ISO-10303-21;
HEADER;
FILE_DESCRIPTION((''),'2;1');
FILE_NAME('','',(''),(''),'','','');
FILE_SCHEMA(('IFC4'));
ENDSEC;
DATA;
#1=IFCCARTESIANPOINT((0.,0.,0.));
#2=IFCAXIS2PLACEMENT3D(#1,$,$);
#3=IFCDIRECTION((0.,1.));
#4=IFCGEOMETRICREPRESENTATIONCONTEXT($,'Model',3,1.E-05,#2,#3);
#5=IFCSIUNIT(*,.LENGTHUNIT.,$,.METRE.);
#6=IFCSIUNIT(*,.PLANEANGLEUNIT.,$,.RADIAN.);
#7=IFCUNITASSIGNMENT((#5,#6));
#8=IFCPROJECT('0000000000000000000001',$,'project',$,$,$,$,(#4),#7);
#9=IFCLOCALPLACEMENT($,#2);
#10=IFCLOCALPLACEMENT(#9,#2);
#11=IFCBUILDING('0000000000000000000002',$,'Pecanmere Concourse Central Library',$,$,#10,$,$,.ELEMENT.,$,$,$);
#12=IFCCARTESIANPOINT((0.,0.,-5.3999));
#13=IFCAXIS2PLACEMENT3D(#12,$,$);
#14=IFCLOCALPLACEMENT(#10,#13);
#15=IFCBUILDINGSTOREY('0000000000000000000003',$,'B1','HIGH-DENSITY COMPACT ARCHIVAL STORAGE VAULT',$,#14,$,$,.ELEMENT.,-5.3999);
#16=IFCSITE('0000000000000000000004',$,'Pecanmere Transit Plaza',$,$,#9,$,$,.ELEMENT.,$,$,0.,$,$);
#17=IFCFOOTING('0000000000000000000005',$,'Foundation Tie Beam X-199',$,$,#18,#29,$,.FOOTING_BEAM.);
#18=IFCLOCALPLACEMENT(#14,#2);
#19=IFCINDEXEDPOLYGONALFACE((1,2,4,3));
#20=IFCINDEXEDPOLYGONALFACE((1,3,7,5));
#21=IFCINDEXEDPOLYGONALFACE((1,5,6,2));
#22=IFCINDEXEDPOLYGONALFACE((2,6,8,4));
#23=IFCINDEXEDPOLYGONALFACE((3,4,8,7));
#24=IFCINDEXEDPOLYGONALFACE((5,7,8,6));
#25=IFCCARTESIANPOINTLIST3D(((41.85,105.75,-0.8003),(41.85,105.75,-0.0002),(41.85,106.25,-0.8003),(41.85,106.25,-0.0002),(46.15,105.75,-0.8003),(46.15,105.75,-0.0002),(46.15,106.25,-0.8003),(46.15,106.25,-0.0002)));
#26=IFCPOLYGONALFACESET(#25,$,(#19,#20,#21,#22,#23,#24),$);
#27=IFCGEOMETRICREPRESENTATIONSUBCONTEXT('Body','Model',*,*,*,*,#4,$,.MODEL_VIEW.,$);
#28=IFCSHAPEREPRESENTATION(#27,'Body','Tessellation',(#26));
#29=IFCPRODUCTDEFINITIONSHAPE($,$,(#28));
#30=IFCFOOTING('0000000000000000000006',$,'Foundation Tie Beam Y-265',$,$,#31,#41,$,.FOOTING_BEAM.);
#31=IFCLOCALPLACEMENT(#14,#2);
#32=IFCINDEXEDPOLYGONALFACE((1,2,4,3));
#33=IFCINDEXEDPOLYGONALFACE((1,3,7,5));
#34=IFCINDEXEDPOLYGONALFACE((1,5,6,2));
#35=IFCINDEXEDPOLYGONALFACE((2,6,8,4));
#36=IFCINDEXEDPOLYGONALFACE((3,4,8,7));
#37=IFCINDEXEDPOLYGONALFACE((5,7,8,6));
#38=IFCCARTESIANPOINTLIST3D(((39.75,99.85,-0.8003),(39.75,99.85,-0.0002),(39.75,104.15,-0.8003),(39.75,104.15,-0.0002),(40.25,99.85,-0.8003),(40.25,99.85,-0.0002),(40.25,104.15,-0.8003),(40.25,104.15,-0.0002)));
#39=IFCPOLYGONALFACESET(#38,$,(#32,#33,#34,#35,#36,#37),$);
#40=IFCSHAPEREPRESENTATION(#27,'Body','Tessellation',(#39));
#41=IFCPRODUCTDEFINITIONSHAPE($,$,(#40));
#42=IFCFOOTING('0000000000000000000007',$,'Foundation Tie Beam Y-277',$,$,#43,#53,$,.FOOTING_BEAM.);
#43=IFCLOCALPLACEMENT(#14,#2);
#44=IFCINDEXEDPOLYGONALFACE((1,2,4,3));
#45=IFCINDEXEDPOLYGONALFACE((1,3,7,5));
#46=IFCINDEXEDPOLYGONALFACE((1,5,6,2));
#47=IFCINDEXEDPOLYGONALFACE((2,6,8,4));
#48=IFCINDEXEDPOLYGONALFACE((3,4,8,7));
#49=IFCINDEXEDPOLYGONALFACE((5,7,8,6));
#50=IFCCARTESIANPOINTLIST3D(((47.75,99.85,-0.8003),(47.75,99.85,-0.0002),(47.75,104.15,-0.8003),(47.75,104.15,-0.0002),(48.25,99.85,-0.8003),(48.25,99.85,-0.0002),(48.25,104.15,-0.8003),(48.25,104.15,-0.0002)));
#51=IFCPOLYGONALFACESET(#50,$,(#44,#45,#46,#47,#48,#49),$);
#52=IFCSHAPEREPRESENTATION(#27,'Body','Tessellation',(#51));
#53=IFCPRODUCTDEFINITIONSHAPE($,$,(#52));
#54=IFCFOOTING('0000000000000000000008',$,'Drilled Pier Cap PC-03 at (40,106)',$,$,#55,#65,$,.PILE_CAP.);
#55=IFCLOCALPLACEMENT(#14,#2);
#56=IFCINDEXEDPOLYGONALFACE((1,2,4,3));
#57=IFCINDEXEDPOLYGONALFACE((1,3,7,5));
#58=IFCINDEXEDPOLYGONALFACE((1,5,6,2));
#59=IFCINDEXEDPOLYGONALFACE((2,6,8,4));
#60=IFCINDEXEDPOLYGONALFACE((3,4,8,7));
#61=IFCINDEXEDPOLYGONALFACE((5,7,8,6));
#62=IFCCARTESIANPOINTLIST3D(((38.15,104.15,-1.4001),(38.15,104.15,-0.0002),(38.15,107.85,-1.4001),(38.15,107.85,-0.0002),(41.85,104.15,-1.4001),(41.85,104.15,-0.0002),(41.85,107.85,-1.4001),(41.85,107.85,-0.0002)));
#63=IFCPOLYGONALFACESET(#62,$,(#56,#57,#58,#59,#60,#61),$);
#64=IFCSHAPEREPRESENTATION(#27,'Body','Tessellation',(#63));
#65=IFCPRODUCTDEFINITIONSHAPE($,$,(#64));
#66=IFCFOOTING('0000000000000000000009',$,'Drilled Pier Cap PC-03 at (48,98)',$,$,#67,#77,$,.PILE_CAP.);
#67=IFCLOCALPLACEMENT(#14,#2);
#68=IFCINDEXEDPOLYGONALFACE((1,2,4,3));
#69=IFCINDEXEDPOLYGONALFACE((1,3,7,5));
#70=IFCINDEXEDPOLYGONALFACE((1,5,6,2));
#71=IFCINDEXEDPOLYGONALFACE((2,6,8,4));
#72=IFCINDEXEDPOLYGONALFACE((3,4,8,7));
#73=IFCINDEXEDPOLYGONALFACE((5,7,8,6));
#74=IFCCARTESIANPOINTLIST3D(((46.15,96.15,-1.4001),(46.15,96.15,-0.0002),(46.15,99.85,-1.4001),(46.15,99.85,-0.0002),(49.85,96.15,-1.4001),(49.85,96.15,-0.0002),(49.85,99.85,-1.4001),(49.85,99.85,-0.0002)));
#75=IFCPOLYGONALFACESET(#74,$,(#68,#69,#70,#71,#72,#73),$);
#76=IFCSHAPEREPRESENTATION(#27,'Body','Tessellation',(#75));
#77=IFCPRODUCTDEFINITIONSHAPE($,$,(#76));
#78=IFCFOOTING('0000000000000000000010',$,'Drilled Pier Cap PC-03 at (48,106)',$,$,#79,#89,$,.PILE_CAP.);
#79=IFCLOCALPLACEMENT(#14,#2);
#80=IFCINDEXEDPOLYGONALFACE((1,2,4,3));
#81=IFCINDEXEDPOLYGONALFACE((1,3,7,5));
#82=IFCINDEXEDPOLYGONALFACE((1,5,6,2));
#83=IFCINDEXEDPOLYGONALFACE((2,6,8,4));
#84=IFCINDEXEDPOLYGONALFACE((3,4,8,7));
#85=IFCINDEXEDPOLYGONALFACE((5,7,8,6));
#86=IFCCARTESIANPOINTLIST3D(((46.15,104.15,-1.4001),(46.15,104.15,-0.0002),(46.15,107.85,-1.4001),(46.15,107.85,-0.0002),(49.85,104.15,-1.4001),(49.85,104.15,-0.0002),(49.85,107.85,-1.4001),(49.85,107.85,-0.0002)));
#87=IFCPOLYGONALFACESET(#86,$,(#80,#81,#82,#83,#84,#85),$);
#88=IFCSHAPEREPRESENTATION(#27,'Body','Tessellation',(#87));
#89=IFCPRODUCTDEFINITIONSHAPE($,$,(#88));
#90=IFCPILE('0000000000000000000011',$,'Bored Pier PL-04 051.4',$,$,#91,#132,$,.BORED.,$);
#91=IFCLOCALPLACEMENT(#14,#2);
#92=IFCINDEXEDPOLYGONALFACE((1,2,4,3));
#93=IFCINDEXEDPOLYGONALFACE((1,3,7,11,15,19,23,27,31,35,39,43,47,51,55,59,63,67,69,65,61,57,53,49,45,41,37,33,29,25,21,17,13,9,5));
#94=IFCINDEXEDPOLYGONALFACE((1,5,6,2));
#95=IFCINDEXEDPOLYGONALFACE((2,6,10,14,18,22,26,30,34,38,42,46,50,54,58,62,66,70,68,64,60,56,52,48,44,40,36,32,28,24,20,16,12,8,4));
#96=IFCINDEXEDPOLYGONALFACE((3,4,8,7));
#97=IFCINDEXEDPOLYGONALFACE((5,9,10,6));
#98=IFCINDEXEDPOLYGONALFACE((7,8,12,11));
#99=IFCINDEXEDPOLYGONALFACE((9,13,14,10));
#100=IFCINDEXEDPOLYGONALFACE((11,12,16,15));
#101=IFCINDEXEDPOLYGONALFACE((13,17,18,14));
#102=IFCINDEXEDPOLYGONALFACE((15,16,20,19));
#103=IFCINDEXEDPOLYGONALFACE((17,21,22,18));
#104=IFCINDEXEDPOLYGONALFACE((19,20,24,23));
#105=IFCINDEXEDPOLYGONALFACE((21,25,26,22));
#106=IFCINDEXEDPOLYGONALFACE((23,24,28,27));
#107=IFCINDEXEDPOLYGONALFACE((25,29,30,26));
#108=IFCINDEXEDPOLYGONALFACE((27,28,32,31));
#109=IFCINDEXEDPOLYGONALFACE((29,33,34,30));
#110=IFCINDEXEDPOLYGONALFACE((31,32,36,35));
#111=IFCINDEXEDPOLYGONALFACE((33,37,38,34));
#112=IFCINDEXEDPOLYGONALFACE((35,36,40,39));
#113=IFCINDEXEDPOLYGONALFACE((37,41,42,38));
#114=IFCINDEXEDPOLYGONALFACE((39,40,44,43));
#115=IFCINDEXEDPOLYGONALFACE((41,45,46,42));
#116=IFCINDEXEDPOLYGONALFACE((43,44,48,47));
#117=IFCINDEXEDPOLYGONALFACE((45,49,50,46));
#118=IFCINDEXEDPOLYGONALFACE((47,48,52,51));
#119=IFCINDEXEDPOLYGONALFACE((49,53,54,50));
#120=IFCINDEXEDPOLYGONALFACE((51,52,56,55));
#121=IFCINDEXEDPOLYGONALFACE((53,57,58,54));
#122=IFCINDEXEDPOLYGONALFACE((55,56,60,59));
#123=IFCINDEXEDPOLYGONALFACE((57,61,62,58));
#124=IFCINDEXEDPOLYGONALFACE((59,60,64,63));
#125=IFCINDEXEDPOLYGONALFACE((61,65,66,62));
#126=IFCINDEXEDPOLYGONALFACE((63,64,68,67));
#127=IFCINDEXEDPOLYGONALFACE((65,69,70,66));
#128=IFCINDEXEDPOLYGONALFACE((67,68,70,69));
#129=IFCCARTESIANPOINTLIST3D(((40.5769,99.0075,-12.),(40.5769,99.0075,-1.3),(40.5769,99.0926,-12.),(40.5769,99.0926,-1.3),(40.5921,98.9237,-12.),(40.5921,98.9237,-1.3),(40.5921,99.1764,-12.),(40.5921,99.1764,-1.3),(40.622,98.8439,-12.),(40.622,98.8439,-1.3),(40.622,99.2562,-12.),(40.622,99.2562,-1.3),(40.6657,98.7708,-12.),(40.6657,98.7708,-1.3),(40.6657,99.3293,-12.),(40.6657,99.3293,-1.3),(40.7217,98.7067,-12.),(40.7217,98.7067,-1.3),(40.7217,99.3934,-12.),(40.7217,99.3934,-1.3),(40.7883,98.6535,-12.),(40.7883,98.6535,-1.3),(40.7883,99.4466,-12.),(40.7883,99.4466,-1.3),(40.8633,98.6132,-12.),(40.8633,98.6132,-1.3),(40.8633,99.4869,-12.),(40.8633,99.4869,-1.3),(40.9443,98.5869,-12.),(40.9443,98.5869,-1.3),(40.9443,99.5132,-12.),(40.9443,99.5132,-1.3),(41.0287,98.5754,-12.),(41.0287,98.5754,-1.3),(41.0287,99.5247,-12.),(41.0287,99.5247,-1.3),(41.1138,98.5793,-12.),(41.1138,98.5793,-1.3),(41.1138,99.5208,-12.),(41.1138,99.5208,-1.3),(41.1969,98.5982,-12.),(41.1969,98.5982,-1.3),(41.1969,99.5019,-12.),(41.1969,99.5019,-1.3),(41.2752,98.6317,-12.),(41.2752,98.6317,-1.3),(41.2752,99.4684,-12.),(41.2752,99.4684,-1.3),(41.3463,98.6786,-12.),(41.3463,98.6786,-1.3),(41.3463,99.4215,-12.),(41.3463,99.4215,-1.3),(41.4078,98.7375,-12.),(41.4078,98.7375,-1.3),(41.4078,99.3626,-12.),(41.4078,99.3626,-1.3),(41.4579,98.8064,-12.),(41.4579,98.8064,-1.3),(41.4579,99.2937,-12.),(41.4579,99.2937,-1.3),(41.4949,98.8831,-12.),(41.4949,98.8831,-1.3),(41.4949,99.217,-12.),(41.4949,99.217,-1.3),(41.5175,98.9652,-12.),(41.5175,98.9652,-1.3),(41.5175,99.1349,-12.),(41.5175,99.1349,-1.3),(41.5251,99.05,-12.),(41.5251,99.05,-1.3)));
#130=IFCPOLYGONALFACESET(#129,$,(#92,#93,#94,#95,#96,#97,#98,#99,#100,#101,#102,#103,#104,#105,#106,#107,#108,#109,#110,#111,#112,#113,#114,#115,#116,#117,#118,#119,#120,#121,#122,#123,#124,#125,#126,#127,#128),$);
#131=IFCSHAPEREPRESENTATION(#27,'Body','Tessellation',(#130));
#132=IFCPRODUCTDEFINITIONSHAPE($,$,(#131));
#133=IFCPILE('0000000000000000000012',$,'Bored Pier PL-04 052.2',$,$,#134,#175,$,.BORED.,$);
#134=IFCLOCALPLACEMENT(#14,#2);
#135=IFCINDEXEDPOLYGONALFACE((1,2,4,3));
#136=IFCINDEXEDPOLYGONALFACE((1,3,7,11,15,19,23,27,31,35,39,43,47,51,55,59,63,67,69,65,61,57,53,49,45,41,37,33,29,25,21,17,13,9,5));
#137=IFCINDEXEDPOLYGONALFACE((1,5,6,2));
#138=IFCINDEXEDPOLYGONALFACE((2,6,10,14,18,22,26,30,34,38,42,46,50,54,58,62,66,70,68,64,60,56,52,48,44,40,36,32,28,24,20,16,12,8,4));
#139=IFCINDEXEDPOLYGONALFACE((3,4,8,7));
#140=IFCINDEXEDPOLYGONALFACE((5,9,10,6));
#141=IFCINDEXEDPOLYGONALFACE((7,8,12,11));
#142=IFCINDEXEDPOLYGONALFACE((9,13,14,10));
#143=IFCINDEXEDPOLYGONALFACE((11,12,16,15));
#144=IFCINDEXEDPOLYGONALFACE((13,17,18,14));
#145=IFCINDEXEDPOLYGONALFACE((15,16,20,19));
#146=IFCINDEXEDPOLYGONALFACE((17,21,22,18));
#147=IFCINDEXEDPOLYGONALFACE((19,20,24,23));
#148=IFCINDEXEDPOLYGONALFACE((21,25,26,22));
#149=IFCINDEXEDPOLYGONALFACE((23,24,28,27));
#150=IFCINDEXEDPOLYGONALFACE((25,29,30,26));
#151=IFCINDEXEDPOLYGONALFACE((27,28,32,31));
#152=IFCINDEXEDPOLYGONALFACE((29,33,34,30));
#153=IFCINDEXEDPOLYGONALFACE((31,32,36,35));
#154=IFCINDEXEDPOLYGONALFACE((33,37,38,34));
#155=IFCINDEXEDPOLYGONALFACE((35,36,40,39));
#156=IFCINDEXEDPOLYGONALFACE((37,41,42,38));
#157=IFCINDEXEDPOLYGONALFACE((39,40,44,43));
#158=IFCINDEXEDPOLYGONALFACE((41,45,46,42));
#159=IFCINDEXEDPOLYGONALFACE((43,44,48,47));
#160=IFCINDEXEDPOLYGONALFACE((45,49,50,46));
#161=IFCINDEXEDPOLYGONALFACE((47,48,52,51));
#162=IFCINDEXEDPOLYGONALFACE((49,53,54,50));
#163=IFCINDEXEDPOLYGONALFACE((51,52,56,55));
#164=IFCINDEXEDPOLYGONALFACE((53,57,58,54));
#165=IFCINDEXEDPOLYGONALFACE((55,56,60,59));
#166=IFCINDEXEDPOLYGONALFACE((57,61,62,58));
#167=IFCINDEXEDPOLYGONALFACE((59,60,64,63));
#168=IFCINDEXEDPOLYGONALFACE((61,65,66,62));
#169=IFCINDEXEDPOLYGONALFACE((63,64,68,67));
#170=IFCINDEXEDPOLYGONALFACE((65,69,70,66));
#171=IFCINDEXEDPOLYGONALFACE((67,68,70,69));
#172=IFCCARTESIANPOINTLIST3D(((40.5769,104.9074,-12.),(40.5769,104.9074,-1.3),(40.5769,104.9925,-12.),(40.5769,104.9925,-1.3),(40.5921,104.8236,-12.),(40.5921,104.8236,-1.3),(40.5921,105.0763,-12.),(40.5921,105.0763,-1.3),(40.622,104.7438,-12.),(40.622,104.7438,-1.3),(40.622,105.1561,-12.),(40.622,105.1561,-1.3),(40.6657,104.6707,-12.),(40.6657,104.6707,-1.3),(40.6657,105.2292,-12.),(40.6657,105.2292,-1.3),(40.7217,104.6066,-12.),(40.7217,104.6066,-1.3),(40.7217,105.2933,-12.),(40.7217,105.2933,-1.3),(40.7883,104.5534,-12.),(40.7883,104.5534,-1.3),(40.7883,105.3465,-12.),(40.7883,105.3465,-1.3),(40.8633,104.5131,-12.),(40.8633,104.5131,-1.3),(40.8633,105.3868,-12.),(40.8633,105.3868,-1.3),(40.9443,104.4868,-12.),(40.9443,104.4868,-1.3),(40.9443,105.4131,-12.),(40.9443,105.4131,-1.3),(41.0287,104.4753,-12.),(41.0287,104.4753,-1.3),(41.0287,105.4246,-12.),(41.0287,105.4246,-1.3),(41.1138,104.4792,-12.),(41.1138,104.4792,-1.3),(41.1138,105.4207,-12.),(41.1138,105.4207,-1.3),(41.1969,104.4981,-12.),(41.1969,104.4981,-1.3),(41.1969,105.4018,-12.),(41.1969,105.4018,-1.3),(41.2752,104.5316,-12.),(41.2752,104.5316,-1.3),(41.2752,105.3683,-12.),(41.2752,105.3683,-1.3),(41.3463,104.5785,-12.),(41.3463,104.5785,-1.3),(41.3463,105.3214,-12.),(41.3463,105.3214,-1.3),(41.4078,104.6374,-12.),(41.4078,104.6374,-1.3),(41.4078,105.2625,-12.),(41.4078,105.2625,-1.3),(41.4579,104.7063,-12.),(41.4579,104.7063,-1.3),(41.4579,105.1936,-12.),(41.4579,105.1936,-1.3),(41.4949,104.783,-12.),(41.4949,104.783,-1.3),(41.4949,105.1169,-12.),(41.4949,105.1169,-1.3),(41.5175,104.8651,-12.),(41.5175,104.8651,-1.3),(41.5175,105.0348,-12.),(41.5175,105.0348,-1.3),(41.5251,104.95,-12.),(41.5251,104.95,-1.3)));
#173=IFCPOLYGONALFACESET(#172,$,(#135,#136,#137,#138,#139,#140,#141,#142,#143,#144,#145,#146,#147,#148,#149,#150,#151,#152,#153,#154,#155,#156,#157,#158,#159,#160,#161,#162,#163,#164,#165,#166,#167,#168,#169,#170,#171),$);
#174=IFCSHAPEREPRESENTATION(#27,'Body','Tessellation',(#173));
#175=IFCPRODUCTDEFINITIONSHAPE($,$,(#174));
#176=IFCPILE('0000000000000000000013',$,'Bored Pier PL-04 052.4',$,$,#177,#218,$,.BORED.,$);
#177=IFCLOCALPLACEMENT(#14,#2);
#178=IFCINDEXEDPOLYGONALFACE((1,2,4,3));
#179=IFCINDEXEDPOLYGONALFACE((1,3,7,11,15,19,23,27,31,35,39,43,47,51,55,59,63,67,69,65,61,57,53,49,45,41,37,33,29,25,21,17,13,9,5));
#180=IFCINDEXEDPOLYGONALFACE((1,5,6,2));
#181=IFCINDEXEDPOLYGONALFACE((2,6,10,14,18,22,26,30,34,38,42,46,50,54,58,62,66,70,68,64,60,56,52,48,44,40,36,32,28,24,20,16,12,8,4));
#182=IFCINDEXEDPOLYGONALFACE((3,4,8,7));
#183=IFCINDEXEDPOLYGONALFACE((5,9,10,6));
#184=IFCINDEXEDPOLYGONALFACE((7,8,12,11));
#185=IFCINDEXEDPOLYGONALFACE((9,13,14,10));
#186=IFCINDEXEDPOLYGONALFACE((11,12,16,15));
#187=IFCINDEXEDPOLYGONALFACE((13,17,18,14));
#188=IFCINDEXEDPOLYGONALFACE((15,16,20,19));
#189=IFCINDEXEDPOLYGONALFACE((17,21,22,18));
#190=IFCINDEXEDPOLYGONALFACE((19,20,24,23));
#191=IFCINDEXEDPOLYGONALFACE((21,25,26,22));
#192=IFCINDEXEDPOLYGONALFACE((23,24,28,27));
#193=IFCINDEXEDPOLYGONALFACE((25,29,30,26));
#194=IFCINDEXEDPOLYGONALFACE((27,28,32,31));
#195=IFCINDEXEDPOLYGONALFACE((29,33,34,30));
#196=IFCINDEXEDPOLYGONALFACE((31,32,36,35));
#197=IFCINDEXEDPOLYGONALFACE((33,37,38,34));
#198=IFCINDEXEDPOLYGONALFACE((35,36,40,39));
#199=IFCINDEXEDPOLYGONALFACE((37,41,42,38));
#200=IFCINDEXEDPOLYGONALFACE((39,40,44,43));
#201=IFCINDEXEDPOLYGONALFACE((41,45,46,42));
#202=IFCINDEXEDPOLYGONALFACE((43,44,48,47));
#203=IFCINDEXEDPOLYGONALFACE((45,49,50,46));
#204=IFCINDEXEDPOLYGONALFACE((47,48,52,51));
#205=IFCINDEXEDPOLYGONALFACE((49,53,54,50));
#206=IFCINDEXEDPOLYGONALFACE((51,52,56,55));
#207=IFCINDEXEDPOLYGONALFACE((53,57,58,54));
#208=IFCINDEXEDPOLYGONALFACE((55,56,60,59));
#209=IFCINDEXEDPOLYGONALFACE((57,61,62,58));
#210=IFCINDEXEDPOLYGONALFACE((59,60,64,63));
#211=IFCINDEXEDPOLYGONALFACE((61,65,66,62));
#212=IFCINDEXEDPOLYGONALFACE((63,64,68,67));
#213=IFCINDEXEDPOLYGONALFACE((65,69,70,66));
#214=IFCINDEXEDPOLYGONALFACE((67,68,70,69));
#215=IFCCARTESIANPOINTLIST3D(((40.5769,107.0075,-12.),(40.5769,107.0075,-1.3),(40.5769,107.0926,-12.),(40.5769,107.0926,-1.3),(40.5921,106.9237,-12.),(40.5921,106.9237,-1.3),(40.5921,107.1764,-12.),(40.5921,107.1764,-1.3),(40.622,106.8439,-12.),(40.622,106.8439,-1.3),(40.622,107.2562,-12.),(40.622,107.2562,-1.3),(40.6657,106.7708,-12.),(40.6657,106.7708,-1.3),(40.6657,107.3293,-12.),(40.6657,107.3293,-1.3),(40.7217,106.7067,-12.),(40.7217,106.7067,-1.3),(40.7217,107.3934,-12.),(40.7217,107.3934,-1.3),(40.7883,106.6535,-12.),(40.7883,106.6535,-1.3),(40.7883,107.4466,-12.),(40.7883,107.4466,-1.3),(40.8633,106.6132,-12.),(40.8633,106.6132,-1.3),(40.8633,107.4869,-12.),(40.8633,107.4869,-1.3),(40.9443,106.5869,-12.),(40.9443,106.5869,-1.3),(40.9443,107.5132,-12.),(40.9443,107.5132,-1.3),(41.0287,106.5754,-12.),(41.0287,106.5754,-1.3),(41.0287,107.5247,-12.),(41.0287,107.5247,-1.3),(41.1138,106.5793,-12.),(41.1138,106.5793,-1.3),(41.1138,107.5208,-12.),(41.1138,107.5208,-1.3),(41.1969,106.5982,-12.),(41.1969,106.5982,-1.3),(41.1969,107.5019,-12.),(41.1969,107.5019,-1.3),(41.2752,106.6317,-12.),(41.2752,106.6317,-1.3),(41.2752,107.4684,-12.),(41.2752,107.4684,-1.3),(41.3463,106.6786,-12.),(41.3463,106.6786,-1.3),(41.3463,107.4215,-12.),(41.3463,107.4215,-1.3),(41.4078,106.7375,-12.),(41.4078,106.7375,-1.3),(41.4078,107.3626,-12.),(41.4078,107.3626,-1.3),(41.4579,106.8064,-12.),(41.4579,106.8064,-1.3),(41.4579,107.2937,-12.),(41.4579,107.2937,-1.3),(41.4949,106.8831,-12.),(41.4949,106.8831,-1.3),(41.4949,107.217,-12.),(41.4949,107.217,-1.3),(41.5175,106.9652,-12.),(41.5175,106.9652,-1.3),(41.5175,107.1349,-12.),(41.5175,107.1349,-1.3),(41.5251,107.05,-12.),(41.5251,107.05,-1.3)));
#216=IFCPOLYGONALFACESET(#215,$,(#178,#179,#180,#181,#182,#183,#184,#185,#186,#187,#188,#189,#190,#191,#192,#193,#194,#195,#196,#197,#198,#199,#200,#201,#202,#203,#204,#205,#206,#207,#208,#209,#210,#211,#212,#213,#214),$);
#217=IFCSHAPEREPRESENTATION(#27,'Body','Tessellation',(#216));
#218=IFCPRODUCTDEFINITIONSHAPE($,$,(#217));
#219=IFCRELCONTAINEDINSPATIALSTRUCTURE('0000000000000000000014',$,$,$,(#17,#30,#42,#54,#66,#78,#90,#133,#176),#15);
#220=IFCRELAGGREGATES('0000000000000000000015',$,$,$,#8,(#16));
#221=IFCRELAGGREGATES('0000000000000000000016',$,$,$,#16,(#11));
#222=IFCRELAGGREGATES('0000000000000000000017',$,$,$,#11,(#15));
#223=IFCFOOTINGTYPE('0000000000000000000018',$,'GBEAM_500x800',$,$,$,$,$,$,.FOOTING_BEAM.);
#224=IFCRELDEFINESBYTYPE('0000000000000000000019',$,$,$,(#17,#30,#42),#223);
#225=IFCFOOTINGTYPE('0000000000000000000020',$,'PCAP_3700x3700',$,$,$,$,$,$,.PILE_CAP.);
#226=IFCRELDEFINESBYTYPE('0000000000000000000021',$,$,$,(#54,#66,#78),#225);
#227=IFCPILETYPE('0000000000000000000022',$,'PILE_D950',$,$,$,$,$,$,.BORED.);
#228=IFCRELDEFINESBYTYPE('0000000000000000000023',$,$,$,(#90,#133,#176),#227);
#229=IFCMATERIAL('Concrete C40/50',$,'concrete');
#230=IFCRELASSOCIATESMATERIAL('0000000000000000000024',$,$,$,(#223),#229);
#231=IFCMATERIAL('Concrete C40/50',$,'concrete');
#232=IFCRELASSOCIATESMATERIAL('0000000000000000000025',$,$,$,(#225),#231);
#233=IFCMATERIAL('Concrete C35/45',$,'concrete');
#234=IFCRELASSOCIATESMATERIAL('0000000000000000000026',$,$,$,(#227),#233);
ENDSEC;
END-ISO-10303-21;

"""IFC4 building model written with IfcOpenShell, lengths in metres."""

from ifc_helpers import new_model, si_unit, direction, frame, origin, origin_2d, place, context, subcontext, project, spatial, rectangle, circle, extrude, material, material_profile, profile_set, type_object, element, save


model = new_model("IFC4")

# Units and contexts
model_context = context("Model", 3, precision=1e-05, world=origin(), true_north=direction((0.0, 1.0)))
body_context = subcontext(model_context, "Body", "Model", "MODEL_VIEW")
ifc_project = project(units=[si_unit("LENGTHUNIT", "METRE"), si_unit("PLANEANGLEUNIT", "RADIAN")], contexts=[model_context])

# Site, building, storey
site_placement = place(None, origin())
site = spatial("IfcSite", under=ifc_project, at=site_placement, Name="Pecanmere Transit Plaza", CompositionType="ELEMENT", RefElevation=0.0)
building_placement = place(site_placement, origin())
building = spatial("IfcBuilding", under=site, at=building_placement, Name="Pecanmere Concourse Central Library", CompositionType="ELEMENT")
storey_placement = place(building_placement, frame((0.0, 0.0, -5.3999)))
storey = spatial("IfcBuildingStorey", under=building, at=storey_placement, Name="B1", Description="HIGH-DENSITY COMPACT ARCHIVAL STORAGE VAULT", CompositionType="ELEMENT", Elevation=-5.3999)

# Footings
ifc_material_1 = material(Name="Concrete C40/50", Category="concrete")
ifc_material_profile_1 = material_profile(ifc_material_1, rectangle(XDim=0.5, YDim=0.8, at=origin_2d()), Name="RC 500x800")
ifc_profile_set_1 = profile_set([ifc_material_profile_1], Name="Concrete C40/50")
footing_type_1 = type_object("IfcFootingType", Name="GBEAM_500x800", PredefinedType="FOOTING_BEAM", material=ifc_profile_set_1)
for number, where, z_axis, x_axis, name in (
    (1, (44.0, 106.0, -0.8003), (0.0, 0.0, 1.0), (1.0, 0.0, 0.0), "Foundation Tie Beam X-199"),
    (2, (40.0, 102.0, -0.8003), (0.0, 0.0, 1.0), (0.0, 1.0, 0.0), "Foundation Tie Beam Y-265"),
    (3, (48.0, 102.0, -0.8003), (0.0, 0.0, 1.0), (0.0, 1.0, 0.0), "Foundation Tie Beam Y-277"),
):
    element("IfcFooting", number, at=place(storey_placement, frame(where, z_axis=z_axis, x_axis=x_axis)), inside=storey, type_object=footing_type_1, Name=name, PredefinedType="FOOTING_BEAM", context=body_context, shape_type="SweptSolid", body=[
        extrude(rectangle(XDim=4.3, YDim=0.5, at=origin_2d()), origin(), (0.0, 0.0, 1.0), 0.8),
    ])
ifc_material_2 = material(Name="Concrete C40/50", Category="concrete")
footing_type_2 = type_object("IfcFootingType", Name="PCAP_3700x3700", PredefinedType="PILE_CAP", material=ifc_material_2)
for number, where, z_axis, x_axis, name in (
    (4, (40.0, 106.0, -1.4001), (0.0, 0.0, 1.0), (1.0, 0.0, 0.0), "Drilled Pier Cap PC-03 at (40,106)"),
    (5, (48.0, 98.0, -1.4001), (0.0, 0.0, 1.0), (1.0, 0.0, 0.0), "Drilled Pier Cap PC-03 at (48,98)"),
    (6, (48.0, 106.0, -1.4001), (0.0, 0.0, 1.0), (1.0, 0.0, 0.0), "Drilled Pier Cap PC-03 at (48,106)"),
):
    element("IfcFooting", number, at=place(storey_placement, frame(where, z_axis=z_axis, x_axis=x_axis)), inside=storey, type_object=footing_type_2, Name=name, PredefinedType="PILE_CAP", context=body_context, shape_type="SweptSolid", body=[
        extrude(rectangle(XDim=3.7, YDim=3.7, at=origin_2d()), origin(), (0.0, 0.0, 1.0), 1.3999),
    ])

# Piles
ifc_material_3 = material(Name="Concrete C35/45", Category="concrete")
ifc_material_profile_2 = material_profile(ifc_material_3, circle(Radius=0.4751, at=origin_2d()), Name="PIER D950")
ifc_profile_set_2 = profile_set([ifc_material_profile_2], Name="Concrete C35/45")
pile_type = type_object("IfcPileType", Name="PILE_D950", PredefinedType="BORED", material=ifc_profile_set_2)
for number, where, z_axis, x_axis, name in (
    (7, (41.05, 99.05, -1.3), (0.0, 0.0, -1.0), (1.0, 0.0, 0.0), "Bored Pier PL-04 051.4"),
    (8, (41.05, 104.95, -1.3), (0.0, 0.0, -1.0), (1.0, 0.0, 0.0), "Bored Pier PL-04 052.2"),
    (9, (41.05, 107.05, -1.3), (0.0, 0.0, -1.0), (1.0, 0.0, 0.0), "Bored Pier PL-04 052.4"),
):
    element("IfcPile", number, at=place(storey_placement, frame(where, z_axis=z_axis, x_axis=x_axis)), inside=storey, type_object=pile_type, Name=name, PredefinedType="BORED", context=body_context, shape_type="SweptSolid", body=[
        extrude(circle(Radius=0.4751, at=origin_2d()), origin(), (0.0, 0.0, 1.0), 10.7),
    ])

save(model, "model.ifc")
